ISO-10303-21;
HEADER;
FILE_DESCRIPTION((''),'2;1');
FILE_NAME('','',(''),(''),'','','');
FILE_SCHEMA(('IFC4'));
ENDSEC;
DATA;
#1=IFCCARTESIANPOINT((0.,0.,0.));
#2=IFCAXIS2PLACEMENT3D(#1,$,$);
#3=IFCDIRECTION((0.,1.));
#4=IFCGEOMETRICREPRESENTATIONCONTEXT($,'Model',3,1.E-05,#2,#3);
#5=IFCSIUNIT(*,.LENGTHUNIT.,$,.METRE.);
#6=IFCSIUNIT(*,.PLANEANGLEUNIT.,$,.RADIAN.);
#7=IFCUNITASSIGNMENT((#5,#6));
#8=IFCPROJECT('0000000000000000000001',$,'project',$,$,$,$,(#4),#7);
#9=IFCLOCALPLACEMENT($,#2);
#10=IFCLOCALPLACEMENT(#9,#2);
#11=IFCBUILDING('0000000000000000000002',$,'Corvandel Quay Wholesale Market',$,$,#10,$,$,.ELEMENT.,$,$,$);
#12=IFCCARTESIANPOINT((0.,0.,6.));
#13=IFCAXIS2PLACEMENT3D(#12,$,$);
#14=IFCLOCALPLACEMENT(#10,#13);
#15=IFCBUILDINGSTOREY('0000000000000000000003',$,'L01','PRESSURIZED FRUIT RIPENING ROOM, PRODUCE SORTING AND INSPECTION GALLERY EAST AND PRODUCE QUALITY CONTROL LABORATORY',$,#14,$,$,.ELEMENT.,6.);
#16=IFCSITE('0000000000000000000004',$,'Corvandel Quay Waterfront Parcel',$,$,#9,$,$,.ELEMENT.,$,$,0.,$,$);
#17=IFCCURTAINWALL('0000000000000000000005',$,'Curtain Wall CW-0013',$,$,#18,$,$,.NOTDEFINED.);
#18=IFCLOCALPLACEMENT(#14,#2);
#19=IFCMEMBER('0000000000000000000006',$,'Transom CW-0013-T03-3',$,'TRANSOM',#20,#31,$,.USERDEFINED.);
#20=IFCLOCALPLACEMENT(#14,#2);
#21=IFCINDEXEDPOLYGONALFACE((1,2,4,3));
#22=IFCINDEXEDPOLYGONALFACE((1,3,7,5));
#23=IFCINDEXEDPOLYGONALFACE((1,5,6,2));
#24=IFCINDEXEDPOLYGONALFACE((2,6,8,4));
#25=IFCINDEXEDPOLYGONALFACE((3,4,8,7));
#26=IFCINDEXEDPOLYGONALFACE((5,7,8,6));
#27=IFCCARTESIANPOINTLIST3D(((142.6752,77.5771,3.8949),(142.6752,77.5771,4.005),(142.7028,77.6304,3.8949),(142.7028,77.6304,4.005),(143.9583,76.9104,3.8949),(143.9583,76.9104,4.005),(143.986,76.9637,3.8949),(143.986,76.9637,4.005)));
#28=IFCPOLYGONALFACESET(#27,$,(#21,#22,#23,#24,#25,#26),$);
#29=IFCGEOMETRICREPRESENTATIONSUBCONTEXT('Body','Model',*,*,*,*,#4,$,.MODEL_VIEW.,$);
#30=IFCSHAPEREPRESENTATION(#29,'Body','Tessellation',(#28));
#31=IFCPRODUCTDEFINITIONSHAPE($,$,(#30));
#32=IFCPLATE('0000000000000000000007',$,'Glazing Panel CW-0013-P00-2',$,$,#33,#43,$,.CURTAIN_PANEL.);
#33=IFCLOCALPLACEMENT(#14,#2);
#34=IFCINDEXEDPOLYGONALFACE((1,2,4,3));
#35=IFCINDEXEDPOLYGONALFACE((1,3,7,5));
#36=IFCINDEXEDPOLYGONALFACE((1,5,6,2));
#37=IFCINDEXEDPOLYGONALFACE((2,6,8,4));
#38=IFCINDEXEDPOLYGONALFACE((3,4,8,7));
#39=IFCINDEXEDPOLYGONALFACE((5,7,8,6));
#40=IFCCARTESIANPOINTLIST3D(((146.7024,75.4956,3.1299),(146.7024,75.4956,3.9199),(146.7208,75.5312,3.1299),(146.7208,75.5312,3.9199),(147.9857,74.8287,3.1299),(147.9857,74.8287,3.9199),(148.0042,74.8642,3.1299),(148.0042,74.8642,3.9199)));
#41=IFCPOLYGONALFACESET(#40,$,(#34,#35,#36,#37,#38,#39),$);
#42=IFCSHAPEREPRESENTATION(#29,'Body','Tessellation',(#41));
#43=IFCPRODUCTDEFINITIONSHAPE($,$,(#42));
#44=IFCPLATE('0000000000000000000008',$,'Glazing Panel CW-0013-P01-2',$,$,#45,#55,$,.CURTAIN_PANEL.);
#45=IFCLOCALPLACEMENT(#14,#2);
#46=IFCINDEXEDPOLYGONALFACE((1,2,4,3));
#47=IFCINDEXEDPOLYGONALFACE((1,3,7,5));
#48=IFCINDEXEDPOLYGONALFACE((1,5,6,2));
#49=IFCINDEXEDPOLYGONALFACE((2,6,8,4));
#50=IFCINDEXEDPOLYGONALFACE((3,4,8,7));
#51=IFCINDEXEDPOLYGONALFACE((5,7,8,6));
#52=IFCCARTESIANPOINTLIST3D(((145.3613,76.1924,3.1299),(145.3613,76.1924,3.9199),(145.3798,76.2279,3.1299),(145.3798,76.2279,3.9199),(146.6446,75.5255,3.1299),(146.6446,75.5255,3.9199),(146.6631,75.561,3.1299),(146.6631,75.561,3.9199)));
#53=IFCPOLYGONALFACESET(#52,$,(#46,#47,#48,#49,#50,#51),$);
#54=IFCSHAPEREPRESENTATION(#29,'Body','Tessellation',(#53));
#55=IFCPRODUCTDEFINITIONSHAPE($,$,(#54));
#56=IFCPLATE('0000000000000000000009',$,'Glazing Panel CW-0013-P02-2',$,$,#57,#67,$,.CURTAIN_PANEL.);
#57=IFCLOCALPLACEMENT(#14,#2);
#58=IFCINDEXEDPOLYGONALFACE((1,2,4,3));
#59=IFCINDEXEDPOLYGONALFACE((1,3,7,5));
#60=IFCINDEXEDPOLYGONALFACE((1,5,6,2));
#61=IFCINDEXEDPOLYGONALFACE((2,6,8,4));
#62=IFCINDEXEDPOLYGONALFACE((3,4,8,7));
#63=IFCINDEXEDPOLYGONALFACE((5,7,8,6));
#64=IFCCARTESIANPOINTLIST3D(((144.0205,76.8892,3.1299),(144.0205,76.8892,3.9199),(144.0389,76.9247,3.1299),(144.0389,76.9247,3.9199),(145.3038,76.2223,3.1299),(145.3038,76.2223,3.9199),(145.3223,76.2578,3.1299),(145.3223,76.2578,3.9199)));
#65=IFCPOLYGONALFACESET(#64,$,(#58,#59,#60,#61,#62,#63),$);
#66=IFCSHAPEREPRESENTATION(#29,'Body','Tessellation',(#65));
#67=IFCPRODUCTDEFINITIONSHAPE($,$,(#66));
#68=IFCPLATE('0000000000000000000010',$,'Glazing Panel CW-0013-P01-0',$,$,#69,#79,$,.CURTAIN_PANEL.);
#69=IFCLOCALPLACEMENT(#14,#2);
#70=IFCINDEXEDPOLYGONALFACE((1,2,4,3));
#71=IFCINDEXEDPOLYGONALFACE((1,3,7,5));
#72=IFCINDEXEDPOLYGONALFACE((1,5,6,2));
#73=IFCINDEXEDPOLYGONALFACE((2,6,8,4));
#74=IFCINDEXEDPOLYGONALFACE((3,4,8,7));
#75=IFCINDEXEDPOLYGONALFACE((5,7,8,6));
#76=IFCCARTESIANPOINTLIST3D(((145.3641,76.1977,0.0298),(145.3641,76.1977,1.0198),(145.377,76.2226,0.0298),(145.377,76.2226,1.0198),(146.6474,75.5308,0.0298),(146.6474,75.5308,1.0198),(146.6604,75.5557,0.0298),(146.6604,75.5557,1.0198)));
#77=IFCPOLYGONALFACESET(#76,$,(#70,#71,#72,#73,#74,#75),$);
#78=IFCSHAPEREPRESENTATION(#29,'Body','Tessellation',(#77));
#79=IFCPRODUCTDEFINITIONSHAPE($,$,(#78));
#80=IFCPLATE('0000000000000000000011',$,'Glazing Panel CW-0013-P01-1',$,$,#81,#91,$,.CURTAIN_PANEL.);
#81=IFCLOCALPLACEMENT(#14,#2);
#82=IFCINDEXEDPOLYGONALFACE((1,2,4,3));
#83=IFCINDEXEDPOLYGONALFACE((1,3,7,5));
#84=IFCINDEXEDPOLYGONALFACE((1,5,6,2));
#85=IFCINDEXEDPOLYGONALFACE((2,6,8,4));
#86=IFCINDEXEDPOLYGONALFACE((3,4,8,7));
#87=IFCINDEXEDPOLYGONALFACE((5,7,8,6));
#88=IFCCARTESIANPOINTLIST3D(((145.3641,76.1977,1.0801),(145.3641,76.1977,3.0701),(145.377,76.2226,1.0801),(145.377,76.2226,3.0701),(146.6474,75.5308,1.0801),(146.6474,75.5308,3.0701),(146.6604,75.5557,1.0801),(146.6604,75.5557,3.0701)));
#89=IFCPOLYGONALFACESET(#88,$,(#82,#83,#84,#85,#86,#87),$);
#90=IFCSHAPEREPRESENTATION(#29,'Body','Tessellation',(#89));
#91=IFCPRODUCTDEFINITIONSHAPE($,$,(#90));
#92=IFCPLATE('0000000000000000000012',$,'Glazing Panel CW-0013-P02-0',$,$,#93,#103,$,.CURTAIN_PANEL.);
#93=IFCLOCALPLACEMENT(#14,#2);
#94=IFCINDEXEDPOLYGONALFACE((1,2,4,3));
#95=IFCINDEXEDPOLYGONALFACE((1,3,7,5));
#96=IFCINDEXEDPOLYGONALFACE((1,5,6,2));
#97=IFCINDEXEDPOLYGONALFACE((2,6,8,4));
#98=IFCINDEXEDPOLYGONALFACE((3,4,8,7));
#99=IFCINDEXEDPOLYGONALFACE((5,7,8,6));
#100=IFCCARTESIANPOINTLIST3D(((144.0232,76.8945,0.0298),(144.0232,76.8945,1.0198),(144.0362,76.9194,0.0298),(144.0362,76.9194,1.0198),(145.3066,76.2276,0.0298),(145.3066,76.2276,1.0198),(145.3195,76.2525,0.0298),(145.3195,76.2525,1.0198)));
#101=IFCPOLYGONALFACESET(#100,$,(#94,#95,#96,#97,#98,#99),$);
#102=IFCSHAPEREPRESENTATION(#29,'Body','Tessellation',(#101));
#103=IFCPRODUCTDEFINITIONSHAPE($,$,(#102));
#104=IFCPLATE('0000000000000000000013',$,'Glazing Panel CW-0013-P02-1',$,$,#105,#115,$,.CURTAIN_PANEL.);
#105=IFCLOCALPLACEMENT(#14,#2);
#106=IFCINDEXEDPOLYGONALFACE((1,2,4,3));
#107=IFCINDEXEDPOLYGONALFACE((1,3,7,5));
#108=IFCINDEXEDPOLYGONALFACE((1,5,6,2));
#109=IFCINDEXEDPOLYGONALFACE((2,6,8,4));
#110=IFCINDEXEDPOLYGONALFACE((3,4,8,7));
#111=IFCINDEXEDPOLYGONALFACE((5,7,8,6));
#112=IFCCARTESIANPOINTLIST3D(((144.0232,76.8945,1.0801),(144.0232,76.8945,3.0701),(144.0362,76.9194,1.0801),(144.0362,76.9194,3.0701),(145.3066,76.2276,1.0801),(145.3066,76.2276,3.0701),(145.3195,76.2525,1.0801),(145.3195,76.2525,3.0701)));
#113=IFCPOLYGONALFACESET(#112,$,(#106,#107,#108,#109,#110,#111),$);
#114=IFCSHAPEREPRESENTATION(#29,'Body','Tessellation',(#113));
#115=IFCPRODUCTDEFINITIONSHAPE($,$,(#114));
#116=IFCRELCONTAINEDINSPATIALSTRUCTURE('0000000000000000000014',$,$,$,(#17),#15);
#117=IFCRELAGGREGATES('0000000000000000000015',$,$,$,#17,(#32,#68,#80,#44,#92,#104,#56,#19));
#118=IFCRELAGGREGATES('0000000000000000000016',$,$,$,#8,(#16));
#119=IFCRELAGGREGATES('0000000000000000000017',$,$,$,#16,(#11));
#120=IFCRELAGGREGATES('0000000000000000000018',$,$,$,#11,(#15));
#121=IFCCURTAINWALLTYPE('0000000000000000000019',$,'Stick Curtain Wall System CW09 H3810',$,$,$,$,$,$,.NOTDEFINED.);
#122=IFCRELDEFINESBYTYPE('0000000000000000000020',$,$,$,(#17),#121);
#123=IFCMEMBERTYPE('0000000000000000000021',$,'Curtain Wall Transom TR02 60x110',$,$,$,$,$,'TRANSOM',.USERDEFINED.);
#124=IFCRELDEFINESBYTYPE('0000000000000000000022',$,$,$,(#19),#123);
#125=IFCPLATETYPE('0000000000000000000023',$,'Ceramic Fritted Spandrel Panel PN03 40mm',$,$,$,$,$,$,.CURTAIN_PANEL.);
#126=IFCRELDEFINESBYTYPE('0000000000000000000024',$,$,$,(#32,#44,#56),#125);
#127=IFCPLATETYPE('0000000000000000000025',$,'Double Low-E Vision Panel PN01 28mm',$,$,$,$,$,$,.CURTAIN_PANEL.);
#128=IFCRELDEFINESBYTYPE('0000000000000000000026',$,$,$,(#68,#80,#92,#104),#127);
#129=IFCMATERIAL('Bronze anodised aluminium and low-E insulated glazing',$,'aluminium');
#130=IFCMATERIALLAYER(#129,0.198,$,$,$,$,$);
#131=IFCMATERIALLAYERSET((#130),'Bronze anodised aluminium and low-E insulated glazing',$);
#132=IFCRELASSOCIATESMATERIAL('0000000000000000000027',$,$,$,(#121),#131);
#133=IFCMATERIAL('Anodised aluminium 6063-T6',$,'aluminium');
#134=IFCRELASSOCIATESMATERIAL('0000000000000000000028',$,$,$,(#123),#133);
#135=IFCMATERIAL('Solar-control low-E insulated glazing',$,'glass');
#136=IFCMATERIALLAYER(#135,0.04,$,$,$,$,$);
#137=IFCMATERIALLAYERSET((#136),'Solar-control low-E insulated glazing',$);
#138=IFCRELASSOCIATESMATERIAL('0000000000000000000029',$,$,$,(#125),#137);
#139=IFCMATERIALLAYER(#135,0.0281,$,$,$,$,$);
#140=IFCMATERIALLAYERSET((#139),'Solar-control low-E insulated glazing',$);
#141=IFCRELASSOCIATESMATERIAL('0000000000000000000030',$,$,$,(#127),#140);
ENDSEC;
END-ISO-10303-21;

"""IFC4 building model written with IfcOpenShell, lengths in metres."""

from ifc_helpers import new_model, si_unit, direction, frame, origin, origin_2d, place, context, subcontext, project, spatial, rectangle, extrude, material, layer, layer_set, material_profile, profile_set, type_object, element, aggregate, save


model = new_model("IFC4")

# Units and contexts
model_context = context("Model", 3, precision=1e-05, world=origin(), true_north=direction((0.0, 1.0)))
body_context = subcontext(model_context, "Body", "Model", "MODEL_VIEW")
ifc_project = project(units=[si_unit("LENGTHUNIT", "METRE"), si_unit("PLANEANGLEUNIT", "RADIAN")], contexts=[model_context])

# Site, building, storey
site_placement = place(None, origin())
site = spatial("IfcSite", under=ifc_project, at=site_placement, Name="Corvandel Quay Waterfront Parcel", CompositionType="ELEMENT", RefElevation=0.0)
building_placement = place(site_placement, origin())
building = spatial("IfcBuilding", under=site, at=building_placement, Name="Corvandel Quay Wholesale Market", CompositionType="ELEMENT")
storey_placement = place(building_placement, frame((0.0, 0.0, 6.0)))
storey = spatial("IfcBuildingStorey", under=building, at=storey_placement, Name="L01", Description="PRESSURIZED FRUIT RIPENING ROOM, PRODUCE SORTING AND INSPECTION GALLERY EAST AND PRODUCE QUALITY CONTROL LABORATORY", CompositionType="ELEMENT", Elevation=6.0)

# Curtain wall, member, plates
ifc_material_1 = material(Name="Bronze anodised aluminium and low-E insulated glazing", Category="aluminium")
ifc_layer_1 = layer(ifc_material_1, 0.198)
ifc_layer_set_1 = layer_set([ifc_layer_1], Name="Bronze anodised aluminium and low-E insulated glazing")
curtain_wall_type = type_object("IfcCurtainWallType", Name="Stick Curtain Wall System CW09 H3810", PredefinedType="NOTDEFINED", material=ifc_layer_set_1)
curtain_wall_placement = place(storey_placement, origin())
curtain_wall = element("IfcCurtainWall", 1, at=curtain_wall_placement, inside=storey, type_object=curtain_wall_type, Name="Curtain Wall CW-0013", PredefinedType="NOTDEFINED")
ifc_material_2 = material(Name="Anodised aluminium 6063-T6", Category="aluminium")
ifc_material_profile_1 = material_profile(ifc_material_2, rectangle(XDim=0.0601, YDim=0.1101, at=origin_2d()), Name="ALU-TRN-60x110")
ifc_profile_set_1 = profile_set([ifc_material_profile_1], Name="Anodised aluminium 6063-T6")
member_type_1 = type_object("IfcMemberType", Name="Curtain Wall Transom TR02 60x110", ElementType="TRANSOM", PredefinedType="USERDEFINED", material=ifc_profile_set_1)
member_1_placement = place(storey_placement, frame((143.9722, 76.937, 3.95), z_axis=(-0.887363, 0.461071, 0.0), x_axis=(-0.461071, -0.887363, 0.0)))
member_1 = element("IfcMember", 2, at=member_1_placement, type_object=member_type_1, Name="Transom CW-0013-T03-3", ObjectType="TRANSOM", PredefinedType="USERDEFINED", context=body_context, shape_type="SweptSolid", body=[
    extrude(rectangle(XDim=0.0601, YDim=0.1101, at=origin_2d()), origin(), (0.0, 0.0, 1.0), 1.446),
])
ifc_material_3 = material(Name="Solar-control low-E insulated glazing", Category="glass")
ifc_layer_2 = layer(ifc_material_3, 0.04)
ifc_layer_set_2 = layer_set([ifc_layer_2], Name="Solar-control low-E insulated glazing")
plate_type_1 = type_object("IfcPlateType", Name="Ceramic Fritted Spandrel Panel PN03 40mm", PredefinedType="CURTAIN_PANEL", material=ifc_layer_set_2)
plate_1_placement = place(storey_placement, frame((147.3533, 75.1799, 3.1299), z_axis=(0.0, 0.0, 1.0), x_axis=(-0.887333, 0.461129, 0.0)))
plate_1 = element("IfcPlate", 3, at=plate_1_placement, type_object=plate_type_1, Name="Glazing Panel CW-0013-P00-2", PredefinedType="CURTAIN_PANEL", context=body_context, shape_type="SweptSolid", body=[
    extrude(rectangle(XDim=1.4463, YDim=0.04, at=origin_2d()), origin(), (0.0, 0.0, 1.0), 0.79),
])
plate_2_placement = place(storey_placement, frame((146.0122, 75.8767, 3.1299), z_axis=(0.0, 0.0, 1.0), x_axis=(-0.887333, 0.461129, 0.0)))
plate_2 = element("IfcPlate", 4, at=plate_2_placement, type_object=plate_type_1, Name="Glazing Panel CW-0013-P01-2", PredefinedType="CURTAIN_PANEL", context=body_context, shape_type="SweptSolid", body=[
    extrude(rectangle(XDim=1.4463, YDim=0.04, at=origin_2d()), origin(), (0.0, 0.0, 1.0), 0.79),
])
plate_3_placement = place(storey_placement, frame((144.6714, 76.5735, 3.1299), z_axis=(0.0, 0.0, 1.0), x_axis=(-0.887333, 0.461129, 0.0)))
plate_3 = element("IfcPlate", 5, at=plate_3_placement, type_object=plate_type_1, Name="Glazing Panel CW-0013-P02-2", PredefinedType="CURTAIN_PANEL", context=body_context, shape_type="SweptSolid", body=[
    extrude(rectangle(XDim=1.4463, YDim=0.04, at=origin_2d()), origin(), (0.0, 0.0, 1.0), 0.79),
])
ifc_layer_3 = layer(ifc_material_3, 0.0281)
ifc_layer_set_3 = layer_set([ifc_layer_3], Name="Solar-control low-E insulated glazing")
plate_type_2 = type_object("IfcPlateType", Name="Double Low-E Vision Panel PN01 28mm", PredefinedType="CURTAIN_PANEL", material=ifc_layer_set_3)
plate_4_placement = place(storey_placement, frame((146.0122, 75.8767, 0.0298), z_axis=(0.0, 0.0, 1.0), x_axis=(-0.887333, 0.461129, 0.0)))
plate_4 = element("IfcPlate", 6, at=plate_4_placement, type_object=plate_type_2, Name="Glazing Panel CW-0013-P01-0", PredefinedType="CURTAIN_PANEL", context=body_context, shape_type="SweptSolid", body=[
    extrude(rectangle(XDim=1.4463, YDim=0.0281, at=origin_2d()), origin(), (0.0, 0.0, 1.0), 0.99),
])
plate_5_placement = place(storey_placement, frame((146.0122, 75.8767, 1.0801), z_axis=(0.0, 0.0, 1.0), x_axis=(-0.887333, 0.461129, 0.0)))
plate_5 = element("IfcPlate", 7, at=plate_5_placement, type_object=plate_type_2, Name="Glazing Panel CW-0013-P01-1", PredefinedType="CURTAIN_PANEL", context=body_context, shape_type="SweptSolid", body=[
    extrude(rectangle(XDim=1.4463, YDim=0.0281, at=origin_2d()), origin(), (0.0, 0.0, 1.0), 1.99),
])
plate_6_placement = place(storey_placement, frame((144.6714, 76.5735, 0.0298), z_axis=(0.0, 0.0, 1.0), x_axis=(-0.887333, 0.461129, 0.0)))
plate_6 = element("IfcPlate", 8, at=plate_6_placement, type_object=plate_type_2, Name="Glazing Panel CW-0013-P02-0", PredefinedType="CURTAIN_PANEL", context=body_context, shape_type="SweptSolid", body=[
    extrude(rectangle(XDim=1.4463, YDim=0.0281, at=origin_2d()), origin(), (0.0, 0.0, 1.0), 0.99),
])
plate_7_placement = place(storey_placement, frame((144.6714, 76.5735, 1.0801), z_axis=(0.0, 0.0, 1.0), x_axis=(-0.887333, 0.461129, 0.0)))
plate_7 = element("IfcPlate", 9, at=plate_7_placement, type_object=plate_type_2, Name="Glazing Panel CW-0013-P02-1", PredefinedType="CURTAIN_PANEL", context=body_context, shape_type="SweptSolid", body=[
    extrude(rectangle(XDim=1.4463, YDim=0.0281, at=origin_2d()), origin(), (0.0, 0.0, 1.0), 1.99),
])
aggregate(curtain_wall, [plate_1, plate_4, plate_5, plate_2, plate_6, plate_7, plate_3, member_1])

save(model, "model.ifc")
